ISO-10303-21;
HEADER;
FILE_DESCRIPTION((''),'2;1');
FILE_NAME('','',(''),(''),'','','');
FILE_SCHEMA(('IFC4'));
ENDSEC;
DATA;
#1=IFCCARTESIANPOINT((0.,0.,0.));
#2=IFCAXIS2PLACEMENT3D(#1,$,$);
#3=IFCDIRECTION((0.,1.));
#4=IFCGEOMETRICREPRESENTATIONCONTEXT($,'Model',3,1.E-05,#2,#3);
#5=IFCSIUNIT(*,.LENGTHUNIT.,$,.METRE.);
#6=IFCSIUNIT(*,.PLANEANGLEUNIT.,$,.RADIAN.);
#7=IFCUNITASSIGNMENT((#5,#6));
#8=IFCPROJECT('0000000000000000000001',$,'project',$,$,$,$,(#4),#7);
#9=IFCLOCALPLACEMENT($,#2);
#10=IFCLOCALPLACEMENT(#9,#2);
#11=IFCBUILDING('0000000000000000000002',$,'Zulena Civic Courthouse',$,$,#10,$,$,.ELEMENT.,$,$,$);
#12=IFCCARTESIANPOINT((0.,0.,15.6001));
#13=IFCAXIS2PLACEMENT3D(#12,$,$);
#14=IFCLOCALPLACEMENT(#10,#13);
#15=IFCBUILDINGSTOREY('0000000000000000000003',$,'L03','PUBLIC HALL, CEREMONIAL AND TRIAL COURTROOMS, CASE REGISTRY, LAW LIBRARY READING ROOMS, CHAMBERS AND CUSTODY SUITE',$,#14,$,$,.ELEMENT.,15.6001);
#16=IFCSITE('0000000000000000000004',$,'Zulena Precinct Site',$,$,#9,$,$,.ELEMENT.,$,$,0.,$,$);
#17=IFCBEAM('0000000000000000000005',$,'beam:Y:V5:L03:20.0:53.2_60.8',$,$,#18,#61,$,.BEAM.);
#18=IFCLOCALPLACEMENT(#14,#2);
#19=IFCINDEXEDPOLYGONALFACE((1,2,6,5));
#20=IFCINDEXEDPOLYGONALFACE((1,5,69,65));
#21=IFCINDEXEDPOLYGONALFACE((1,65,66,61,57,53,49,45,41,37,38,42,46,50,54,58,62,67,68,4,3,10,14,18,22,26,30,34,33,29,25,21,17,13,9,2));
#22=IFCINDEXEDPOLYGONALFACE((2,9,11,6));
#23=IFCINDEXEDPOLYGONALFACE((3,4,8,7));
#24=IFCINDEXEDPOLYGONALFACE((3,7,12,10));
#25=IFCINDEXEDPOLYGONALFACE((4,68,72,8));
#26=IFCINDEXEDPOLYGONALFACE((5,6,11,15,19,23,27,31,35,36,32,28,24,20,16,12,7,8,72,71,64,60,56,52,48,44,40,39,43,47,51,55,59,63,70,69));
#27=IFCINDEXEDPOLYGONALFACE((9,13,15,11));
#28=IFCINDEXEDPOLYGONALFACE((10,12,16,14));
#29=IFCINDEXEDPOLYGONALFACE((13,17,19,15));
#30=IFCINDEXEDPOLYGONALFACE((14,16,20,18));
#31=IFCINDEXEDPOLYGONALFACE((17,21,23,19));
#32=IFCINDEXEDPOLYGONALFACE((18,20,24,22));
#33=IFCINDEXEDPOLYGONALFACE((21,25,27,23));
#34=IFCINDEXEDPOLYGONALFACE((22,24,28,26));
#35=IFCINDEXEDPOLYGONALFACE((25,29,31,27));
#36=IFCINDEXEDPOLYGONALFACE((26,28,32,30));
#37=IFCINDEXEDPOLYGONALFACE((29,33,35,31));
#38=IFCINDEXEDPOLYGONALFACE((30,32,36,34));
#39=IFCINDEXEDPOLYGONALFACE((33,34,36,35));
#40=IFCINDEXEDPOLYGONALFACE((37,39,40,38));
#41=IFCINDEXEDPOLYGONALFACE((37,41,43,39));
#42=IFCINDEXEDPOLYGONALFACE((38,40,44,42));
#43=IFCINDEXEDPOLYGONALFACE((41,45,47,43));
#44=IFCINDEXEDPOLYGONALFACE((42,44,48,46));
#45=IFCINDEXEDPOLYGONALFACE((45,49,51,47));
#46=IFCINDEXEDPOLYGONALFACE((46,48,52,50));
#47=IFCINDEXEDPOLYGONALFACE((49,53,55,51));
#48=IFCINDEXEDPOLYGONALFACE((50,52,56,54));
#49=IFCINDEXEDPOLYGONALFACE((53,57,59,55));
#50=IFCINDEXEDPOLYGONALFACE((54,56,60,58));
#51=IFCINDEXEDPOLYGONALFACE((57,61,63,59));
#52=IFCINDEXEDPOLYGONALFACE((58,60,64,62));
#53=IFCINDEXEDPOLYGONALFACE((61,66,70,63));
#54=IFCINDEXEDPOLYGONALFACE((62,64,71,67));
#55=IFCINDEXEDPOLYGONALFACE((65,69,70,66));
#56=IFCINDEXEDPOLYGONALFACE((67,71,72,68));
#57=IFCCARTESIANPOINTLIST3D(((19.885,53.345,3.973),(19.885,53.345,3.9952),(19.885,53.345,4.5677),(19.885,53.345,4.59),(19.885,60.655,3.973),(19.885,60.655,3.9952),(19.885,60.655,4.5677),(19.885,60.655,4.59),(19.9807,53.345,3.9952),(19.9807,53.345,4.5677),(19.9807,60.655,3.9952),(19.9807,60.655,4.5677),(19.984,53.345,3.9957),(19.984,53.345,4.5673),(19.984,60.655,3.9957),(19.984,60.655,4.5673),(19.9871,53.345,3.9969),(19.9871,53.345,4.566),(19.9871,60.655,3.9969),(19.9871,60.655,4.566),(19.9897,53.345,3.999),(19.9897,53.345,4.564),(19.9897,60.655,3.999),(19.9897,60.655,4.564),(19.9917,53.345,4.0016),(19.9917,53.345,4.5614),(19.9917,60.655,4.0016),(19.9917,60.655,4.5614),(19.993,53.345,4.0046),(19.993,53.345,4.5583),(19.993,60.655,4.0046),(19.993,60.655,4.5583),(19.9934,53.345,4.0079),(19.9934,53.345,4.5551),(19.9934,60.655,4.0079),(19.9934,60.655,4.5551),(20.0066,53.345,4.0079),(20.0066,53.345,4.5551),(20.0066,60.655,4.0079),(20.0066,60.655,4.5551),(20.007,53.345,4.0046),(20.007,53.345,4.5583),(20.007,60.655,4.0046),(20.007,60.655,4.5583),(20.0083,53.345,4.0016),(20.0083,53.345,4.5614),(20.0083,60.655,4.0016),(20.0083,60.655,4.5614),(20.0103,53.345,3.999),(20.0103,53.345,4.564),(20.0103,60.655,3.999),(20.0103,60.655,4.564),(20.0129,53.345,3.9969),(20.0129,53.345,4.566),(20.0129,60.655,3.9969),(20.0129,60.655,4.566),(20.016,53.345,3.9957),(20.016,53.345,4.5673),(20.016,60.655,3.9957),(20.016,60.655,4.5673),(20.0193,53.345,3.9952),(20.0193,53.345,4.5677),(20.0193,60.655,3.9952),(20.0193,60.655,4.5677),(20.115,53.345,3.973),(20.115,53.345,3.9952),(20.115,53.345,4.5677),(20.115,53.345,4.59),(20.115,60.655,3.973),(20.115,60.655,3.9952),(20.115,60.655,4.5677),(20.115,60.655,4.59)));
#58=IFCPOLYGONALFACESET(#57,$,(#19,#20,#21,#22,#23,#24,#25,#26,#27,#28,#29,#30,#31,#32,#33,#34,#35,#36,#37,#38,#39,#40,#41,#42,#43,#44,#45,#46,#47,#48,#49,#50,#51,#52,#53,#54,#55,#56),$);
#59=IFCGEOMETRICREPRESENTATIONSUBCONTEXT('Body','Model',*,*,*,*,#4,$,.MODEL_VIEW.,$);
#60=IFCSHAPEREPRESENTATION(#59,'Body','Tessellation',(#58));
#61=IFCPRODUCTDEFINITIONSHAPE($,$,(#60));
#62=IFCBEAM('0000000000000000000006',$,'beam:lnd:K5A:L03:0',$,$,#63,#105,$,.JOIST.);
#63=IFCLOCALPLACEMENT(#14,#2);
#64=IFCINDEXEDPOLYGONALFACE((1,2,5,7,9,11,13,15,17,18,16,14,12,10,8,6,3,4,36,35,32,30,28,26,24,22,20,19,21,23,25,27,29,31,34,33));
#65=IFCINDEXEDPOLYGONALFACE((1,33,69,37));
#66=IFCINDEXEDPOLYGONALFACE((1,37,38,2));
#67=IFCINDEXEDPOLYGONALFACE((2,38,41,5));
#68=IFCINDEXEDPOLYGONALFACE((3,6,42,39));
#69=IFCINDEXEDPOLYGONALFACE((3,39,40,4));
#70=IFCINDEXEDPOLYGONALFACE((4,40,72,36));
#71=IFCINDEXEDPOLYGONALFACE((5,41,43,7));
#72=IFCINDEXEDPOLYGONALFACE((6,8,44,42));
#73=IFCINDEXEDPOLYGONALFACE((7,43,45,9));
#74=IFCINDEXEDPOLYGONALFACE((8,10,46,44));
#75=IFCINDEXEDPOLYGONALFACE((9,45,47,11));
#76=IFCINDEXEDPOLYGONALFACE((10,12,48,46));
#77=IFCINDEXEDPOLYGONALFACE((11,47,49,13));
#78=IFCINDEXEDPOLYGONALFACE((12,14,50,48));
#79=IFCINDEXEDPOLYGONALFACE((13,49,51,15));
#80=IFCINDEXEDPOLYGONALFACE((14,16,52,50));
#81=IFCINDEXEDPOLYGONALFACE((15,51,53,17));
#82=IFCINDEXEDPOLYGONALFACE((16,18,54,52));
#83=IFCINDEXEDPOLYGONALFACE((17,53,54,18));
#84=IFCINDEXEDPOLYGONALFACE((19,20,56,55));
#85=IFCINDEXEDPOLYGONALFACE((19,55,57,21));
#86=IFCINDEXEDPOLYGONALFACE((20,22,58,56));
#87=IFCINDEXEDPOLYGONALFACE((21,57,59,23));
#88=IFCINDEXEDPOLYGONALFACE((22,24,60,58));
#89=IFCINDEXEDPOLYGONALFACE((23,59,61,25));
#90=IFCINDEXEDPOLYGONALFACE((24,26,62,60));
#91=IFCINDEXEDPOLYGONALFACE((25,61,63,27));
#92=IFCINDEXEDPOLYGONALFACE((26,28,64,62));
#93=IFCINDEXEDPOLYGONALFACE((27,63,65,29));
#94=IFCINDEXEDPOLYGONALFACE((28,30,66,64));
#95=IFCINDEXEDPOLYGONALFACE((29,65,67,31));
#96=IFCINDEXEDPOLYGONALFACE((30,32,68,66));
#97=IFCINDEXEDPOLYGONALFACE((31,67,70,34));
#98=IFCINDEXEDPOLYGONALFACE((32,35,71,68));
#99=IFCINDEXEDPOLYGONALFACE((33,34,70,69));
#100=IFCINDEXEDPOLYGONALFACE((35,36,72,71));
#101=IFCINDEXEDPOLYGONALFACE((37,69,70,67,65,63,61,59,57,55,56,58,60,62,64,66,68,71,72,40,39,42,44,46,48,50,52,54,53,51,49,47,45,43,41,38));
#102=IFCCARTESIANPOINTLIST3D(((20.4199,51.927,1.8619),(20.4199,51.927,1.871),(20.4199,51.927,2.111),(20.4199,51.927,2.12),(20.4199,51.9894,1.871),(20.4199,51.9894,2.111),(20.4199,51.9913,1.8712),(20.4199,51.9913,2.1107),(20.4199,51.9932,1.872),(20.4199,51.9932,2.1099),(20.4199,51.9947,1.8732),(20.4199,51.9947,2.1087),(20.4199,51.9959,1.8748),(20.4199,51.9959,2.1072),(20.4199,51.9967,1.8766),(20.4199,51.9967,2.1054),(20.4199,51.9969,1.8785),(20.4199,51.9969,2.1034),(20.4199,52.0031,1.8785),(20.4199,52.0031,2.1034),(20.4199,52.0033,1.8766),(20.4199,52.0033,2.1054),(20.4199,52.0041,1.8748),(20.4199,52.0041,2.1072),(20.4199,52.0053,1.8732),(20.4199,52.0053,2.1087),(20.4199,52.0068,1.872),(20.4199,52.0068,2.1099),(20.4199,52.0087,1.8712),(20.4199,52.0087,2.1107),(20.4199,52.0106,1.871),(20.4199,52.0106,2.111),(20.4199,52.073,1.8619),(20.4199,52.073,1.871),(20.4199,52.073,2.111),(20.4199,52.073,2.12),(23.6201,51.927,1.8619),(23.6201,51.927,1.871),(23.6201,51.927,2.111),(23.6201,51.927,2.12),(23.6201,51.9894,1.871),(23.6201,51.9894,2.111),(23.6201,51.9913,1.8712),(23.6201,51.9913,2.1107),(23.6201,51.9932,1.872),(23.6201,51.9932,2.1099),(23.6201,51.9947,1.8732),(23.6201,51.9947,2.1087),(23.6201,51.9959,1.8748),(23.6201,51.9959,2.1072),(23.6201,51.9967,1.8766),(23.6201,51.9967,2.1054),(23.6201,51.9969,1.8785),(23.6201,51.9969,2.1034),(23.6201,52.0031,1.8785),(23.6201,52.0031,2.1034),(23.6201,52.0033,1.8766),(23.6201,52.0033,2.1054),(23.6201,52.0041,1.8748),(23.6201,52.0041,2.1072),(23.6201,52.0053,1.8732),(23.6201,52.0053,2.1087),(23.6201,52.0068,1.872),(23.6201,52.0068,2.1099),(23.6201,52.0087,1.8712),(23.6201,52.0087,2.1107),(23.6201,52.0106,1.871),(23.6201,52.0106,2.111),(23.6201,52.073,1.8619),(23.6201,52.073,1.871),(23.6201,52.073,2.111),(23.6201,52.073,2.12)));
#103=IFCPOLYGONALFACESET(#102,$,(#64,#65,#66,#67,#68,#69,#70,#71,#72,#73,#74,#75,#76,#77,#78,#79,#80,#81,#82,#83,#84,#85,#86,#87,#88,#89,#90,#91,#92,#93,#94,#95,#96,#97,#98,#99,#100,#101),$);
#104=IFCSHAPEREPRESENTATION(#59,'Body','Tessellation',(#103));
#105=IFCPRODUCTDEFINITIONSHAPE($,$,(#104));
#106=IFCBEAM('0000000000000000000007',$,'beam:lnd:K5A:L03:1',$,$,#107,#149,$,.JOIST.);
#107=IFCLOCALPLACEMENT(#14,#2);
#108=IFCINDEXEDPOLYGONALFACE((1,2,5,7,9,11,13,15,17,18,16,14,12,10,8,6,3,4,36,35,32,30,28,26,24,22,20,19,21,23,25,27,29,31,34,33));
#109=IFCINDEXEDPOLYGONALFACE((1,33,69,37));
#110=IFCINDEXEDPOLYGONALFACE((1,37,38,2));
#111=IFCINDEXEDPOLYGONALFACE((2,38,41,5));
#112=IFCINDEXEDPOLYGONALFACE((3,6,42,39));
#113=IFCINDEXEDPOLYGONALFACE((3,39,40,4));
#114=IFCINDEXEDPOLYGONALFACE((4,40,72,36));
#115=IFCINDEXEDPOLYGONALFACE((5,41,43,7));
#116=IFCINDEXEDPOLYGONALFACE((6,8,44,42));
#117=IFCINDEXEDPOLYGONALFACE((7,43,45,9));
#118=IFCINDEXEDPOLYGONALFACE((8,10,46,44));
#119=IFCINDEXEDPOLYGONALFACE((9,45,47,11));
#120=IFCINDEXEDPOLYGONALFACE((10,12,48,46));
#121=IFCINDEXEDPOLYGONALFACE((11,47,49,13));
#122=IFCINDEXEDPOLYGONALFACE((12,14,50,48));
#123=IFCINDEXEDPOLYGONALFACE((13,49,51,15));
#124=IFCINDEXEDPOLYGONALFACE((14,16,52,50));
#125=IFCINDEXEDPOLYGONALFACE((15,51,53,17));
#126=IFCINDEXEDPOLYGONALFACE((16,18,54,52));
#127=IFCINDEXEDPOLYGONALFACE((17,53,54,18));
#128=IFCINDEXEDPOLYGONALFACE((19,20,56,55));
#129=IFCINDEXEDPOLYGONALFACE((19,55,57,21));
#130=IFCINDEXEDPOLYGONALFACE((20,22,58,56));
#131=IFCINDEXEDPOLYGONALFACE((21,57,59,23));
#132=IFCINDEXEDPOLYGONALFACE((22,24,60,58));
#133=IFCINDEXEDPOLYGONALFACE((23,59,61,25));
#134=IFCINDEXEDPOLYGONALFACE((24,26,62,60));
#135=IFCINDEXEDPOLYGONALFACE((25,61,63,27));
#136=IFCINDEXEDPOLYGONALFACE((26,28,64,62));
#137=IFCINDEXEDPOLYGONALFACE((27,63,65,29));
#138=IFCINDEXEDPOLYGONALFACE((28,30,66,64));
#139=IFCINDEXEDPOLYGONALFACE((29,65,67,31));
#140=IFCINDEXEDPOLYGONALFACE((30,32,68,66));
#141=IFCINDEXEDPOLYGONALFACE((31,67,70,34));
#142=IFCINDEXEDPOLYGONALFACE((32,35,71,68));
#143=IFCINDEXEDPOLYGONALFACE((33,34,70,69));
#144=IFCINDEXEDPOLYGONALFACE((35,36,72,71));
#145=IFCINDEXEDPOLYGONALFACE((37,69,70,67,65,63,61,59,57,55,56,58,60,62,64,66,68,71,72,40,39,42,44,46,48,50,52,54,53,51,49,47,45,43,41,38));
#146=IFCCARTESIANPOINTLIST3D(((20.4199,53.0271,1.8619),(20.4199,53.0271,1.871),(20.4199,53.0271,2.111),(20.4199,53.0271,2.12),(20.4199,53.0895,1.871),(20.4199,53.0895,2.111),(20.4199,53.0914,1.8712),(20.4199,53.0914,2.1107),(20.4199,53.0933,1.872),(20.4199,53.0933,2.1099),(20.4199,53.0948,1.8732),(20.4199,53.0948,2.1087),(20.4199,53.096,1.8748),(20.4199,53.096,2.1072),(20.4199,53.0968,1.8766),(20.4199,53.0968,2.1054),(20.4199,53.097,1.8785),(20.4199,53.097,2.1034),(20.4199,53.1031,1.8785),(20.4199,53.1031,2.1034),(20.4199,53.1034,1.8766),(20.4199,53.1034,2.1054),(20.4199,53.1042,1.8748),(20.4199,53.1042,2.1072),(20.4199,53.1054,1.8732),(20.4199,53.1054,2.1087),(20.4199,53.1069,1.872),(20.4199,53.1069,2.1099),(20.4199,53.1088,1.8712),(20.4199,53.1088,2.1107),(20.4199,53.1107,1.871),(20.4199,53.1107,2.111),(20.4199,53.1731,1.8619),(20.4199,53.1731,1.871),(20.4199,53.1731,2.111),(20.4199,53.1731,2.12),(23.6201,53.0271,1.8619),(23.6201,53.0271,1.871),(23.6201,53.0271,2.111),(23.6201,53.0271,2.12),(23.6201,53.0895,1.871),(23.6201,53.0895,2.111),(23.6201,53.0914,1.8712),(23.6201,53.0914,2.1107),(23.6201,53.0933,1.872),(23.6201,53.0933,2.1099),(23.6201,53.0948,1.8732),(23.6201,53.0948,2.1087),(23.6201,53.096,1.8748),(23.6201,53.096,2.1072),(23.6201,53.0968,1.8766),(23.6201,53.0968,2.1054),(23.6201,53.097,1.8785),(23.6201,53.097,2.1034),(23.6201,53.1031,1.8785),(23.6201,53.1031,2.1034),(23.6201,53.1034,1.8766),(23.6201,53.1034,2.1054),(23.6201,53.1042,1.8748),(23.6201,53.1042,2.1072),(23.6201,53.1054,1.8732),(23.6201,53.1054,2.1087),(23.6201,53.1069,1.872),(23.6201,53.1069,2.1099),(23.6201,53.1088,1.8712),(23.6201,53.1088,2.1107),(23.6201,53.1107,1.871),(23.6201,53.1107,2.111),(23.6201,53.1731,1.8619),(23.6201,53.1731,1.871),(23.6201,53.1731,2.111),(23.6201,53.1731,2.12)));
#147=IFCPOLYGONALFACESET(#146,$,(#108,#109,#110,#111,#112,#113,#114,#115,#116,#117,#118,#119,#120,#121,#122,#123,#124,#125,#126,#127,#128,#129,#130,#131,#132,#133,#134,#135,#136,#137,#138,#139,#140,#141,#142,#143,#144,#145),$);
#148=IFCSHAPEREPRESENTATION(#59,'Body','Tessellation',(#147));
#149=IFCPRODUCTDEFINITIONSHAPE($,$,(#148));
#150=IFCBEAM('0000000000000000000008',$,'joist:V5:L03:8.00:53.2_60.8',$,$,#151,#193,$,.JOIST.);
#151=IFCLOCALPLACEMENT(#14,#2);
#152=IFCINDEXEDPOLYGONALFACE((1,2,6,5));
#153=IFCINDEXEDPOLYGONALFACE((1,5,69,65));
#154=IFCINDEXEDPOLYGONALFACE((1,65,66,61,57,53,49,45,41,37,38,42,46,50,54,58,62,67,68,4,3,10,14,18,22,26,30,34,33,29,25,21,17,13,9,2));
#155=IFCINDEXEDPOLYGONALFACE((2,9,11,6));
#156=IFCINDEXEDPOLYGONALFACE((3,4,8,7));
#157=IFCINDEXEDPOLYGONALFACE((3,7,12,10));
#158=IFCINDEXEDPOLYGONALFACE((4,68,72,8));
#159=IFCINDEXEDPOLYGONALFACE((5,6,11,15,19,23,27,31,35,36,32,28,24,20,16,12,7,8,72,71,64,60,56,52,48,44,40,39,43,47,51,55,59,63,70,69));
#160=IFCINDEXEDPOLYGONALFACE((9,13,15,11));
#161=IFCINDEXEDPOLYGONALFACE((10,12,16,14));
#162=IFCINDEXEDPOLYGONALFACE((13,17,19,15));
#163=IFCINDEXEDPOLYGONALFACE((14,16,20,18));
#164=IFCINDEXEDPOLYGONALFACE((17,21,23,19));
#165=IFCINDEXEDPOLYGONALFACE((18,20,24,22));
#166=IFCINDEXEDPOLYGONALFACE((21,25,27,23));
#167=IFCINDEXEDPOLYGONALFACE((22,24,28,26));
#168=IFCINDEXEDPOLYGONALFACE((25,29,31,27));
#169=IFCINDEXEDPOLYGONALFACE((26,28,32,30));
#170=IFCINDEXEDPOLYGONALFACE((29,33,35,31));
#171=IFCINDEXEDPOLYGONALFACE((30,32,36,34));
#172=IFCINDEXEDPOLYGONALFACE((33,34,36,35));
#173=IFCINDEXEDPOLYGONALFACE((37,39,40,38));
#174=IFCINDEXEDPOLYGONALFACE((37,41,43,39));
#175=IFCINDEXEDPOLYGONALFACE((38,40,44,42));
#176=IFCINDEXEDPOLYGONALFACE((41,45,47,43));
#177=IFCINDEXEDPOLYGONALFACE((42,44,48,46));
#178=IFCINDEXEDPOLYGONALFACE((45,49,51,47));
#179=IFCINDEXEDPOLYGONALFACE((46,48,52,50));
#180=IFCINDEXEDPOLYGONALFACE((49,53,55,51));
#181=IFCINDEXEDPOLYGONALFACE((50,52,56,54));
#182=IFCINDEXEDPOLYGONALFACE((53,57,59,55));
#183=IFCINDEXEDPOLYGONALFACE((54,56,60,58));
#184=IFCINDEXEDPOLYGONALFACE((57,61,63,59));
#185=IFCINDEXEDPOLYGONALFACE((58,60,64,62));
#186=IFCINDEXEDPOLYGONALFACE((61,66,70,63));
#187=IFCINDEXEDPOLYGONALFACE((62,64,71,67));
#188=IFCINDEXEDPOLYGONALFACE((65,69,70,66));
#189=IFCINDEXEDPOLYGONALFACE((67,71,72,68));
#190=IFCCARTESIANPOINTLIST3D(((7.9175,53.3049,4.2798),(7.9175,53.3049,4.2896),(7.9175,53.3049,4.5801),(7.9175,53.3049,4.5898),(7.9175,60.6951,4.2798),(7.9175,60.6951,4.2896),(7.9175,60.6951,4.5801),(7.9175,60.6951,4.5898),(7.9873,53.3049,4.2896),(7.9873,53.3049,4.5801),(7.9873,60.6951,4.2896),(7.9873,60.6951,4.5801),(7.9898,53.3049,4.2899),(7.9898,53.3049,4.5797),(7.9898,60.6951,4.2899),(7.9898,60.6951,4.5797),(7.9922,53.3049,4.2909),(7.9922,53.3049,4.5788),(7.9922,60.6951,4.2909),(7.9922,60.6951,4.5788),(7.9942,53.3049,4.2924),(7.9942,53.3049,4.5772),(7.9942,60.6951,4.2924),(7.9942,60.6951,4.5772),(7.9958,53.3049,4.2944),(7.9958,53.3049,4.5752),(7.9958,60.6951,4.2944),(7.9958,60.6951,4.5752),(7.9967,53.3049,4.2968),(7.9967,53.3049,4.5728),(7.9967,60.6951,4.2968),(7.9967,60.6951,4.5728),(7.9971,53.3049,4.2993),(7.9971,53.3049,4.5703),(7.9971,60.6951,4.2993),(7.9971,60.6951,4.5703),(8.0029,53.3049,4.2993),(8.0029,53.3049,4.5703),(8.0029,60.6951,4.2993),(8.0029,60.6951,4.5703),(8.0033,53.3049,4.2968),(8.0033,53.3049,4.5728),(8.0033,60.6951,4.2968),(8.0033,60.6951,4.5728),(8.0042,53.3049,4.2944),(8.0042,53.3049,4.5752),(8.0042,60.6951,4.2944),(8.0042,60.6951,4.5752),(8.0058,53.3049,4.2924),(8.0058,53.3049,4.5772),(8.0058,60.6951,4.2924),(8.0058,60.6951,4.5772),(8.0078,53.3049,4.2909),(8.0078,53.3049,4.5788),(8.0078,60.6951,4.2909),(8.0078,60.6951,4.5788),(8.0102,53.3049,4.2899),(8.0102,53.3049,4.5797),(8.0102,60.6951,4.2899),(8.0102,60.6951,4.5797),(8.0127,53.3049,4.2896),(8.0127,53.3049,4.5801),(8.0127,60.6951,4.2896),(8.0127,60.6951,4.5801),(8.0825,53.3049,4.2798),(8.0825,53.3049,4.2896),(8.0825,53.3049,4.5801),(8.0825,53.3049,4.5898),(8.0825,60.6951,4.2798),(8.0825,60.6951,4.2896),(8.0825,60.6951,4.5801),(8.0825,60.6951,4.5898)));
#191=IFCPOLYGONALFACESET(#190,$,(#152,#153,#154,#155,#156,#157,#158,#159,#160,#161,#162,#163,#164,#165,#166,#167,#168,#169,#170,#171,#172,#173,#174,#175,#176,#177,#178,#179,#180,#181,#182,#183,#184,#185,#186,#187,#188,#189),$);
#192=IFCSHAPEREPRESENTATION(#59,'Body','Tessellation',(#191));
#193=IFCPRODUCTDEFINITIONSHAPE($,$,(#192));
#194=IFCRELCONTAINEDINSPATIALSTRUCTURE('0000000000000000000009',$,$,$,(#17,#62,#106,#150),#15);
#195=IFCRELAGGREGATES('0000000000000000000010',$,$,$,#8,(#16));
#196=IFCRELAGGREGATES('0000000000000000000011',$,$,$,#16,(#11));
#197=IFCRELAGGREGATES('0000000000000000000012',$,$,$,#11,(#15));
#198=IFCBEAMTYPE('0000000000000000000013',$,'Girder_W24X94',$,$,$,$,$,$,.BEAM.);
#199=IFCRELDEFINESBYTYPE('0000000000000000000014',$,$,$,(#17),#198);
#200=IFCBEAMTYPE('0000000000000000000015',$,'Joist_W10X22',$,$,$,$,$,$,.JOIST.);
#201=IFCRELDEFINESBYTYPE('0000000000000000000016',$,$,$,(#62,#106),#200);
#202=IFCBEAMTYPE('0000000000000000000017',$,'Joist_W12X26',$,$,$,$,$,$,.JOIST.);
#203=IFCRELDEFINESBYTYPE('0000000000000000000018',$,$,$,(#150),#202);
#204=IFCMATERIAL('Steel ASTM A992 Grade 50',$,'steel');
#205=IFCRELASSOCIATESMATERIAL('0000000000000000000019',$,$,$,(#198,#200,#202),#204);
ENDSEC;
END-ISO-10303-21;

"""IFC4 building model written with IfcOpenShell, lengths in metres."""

from ifc_helpers import new_model, si_unit, direction, frame, origin, origin_2d, place, context, subcontext, project, spatial, i_section, extrude, material, material_profile, profile_set, type_object, element, save


model = new_model("IFC4")

# Units and contexts
model_context = context("Model", 3, precision=1e-05, world=origin(), true_north=direction((0.0, 1.0)))
body_context = subcontext(model_context, "Body", "Model", "MODEL_VIEW")
ifc_project = project(units=[si_unit("LENGTHUNIT", "METRE"), si_unit("PLANEANGLEUNIT", "RADIAN")], contexts=[model_context])

# Site, building, storey
site_placement = place(None, origin())
site = spatial("IfcSite", under=ifc_project, at=site_placement, Name="Zulena Precinct Site", CompositionType="ELEMENT", RefElevation=0.0)
building_placement = place(site_placement, origin())
building = spatial("IfcBuilding", under=site, at=building_placement, Name="Zulena Civic Courthouse", CompositionType="ELEMENT")
storey_placement = place(building_placement, frame((0.0, 0.0, 15.6001)))
storey = spatial("IfcBuildingStorey", under=building, at=storey_placement, Name="L03", Description="PUBLIC HALL, CEREMONIAL AND TRIAL COURTROOMS, CASE REGISTRY, LAW LIBRARY READING ROOMS, CHAMBERS AND CUSTODY SUITE", CompositionType="ELEMENT", Elevation=15.6001)

# Shared definitions
ifc_material_1 = material(Name="Steel ASTM A992 Grade 50", Category="steel")

# Beams
ifc_material_profile_1 = material_profile(ifc_material_1, i_section(OverallWidth=0.23, OverallDepth=0.6169, WebThickness=0.0132, FlangeThickness=0.0222, FilletRadius=0.0127, at=origin_2d()), Name="W24X94")
ifc_profile_set_1 = profile_set([ifc_material_profile_1], Name="Steel ASTM A992 Grade 50")
beam_type_1 = type_object("IfcBeamType", Name="Girder_W24X94", PredefinedType="BEAM", material=ifc_profile_set_1)
for number, where, z_axis, x_axis, name in (
    (1, (20.0, 53.345, 4.2815), (0.0, 1.0, 0.0), (-1.0, 0.0, 0.0), "beam:Y:V5:L03:20.0:53.2_60.8"),
):
    element("IfcBeam", number, at=place(storey_placement, frame(where, z_axis=z_axis, x_axis=x_axis)), inside=storey, type_object=beam_type_1, Name=name, PredefinedType="BEAM", context=body_context, shape_type="SweptSolid", body=[
        extrude(i_section(OverallWidth=0.23, OverallDepth=0.6169, WebThickness=0.0132, FlangeThickness=0.0222, FilletRadius=0.0127, at=origin_2d()), origin(), (0.0, 0.0, 1.0), 7.3101),
    ])
ifc_material_profile_2 = material_profile(ifc_material_1, i_section(OverallWidth=0.146, OverallDepth=0.2581, WebThickness=0.0061, FlangeThickness=0.009, FilletRadius=0.0076, at=origin_2d()), Name="W10X22")
ifc_profile_set_2 = profile_set([ifc_material_profile_2], Name="Steel ASTM A992 Grade 50")
beam_type_2 = type_object("IfcBeamType", Name="Joist_W10X22", PredefinedType="JOIST", material=ifc_profile_set_2)
for number, where, z_axis, x_axis, name in (
    (2, (20.4199, 52.0, 1.991), (1.0, 0.0, 0.0), (0.0, 1.0, 0.0), "beam:lnd:K5A:L03:0"),
    (3, (20.4199, 53.1001, 1.991), (1.0, 0.0, 0.0), (0.0, 1.0, 0.0), "beam:lnd:K5A:L03:1"),
):
    element("IfcBeam", number, at=place(storey_placement, frame(where, z_axis=z_axis, x_axis=x_axis)), inside=storey, type_object=beam_type_2, Name=name, PredefinedType="JOIST", context=body_context, shape_type="SweptSolid", body=[
        extrude(i_section(OverallWidth=0.146, OverallDepth=0.2581, WebThickness=0.0061, FlangeThickness=0.009, FilletRadius=0.0076, at=origin_2d()), origin(), (0.0, 0.0, 1.0), 3.2002),
    ])
ifc_material_profile_3 = material_profile(ifc_material_1, i_section(OverallWidth=0.165, OverallDepth=0.3101, WebThickness=0.0059, FlangeThickness=0.0098, FilletRadius=0.0098, at=origin_2d()), Name="W12X26")
ifc_profile_set_3 = profile_set([ifc_material_profile_3], Name="Steel ASTM A992 Grade 50")
beam_type_3 = type_object("IfcBeamType", Name="Joist_W12X26", PredefinedType="JOIST", material=ifc_profile_set_3)
for number, where, z_axis, x_axis, name in (
    (4, (8.0, 53.3049, 4.4348), (0.0, 1.0, 0.0), (-1.0, 0.0, 0.0), "joist:V5:L03:8.00:53.2_60.8"),
):
    element("IfcBeam", number, at=place(storey_placement, frame(where, z_axis=z_axis, x_axis=x_axis)), inside=storey, type_object=beam_type_3, Name=name, PredefinedType="JOIST", context=body_context, shape_type="SweptSolid", body=[
        extrude(i_section(OverallWidth=0.165, OverallDepth=0.3101, WebThickness=0.0059, FlangeThickness=0.0098, FilletRadius=0.0098, at=origin_2d()), origin(), (0.0, 0.0, 1.0), 7.3901),
    ])

save(model, "model.ifc")
